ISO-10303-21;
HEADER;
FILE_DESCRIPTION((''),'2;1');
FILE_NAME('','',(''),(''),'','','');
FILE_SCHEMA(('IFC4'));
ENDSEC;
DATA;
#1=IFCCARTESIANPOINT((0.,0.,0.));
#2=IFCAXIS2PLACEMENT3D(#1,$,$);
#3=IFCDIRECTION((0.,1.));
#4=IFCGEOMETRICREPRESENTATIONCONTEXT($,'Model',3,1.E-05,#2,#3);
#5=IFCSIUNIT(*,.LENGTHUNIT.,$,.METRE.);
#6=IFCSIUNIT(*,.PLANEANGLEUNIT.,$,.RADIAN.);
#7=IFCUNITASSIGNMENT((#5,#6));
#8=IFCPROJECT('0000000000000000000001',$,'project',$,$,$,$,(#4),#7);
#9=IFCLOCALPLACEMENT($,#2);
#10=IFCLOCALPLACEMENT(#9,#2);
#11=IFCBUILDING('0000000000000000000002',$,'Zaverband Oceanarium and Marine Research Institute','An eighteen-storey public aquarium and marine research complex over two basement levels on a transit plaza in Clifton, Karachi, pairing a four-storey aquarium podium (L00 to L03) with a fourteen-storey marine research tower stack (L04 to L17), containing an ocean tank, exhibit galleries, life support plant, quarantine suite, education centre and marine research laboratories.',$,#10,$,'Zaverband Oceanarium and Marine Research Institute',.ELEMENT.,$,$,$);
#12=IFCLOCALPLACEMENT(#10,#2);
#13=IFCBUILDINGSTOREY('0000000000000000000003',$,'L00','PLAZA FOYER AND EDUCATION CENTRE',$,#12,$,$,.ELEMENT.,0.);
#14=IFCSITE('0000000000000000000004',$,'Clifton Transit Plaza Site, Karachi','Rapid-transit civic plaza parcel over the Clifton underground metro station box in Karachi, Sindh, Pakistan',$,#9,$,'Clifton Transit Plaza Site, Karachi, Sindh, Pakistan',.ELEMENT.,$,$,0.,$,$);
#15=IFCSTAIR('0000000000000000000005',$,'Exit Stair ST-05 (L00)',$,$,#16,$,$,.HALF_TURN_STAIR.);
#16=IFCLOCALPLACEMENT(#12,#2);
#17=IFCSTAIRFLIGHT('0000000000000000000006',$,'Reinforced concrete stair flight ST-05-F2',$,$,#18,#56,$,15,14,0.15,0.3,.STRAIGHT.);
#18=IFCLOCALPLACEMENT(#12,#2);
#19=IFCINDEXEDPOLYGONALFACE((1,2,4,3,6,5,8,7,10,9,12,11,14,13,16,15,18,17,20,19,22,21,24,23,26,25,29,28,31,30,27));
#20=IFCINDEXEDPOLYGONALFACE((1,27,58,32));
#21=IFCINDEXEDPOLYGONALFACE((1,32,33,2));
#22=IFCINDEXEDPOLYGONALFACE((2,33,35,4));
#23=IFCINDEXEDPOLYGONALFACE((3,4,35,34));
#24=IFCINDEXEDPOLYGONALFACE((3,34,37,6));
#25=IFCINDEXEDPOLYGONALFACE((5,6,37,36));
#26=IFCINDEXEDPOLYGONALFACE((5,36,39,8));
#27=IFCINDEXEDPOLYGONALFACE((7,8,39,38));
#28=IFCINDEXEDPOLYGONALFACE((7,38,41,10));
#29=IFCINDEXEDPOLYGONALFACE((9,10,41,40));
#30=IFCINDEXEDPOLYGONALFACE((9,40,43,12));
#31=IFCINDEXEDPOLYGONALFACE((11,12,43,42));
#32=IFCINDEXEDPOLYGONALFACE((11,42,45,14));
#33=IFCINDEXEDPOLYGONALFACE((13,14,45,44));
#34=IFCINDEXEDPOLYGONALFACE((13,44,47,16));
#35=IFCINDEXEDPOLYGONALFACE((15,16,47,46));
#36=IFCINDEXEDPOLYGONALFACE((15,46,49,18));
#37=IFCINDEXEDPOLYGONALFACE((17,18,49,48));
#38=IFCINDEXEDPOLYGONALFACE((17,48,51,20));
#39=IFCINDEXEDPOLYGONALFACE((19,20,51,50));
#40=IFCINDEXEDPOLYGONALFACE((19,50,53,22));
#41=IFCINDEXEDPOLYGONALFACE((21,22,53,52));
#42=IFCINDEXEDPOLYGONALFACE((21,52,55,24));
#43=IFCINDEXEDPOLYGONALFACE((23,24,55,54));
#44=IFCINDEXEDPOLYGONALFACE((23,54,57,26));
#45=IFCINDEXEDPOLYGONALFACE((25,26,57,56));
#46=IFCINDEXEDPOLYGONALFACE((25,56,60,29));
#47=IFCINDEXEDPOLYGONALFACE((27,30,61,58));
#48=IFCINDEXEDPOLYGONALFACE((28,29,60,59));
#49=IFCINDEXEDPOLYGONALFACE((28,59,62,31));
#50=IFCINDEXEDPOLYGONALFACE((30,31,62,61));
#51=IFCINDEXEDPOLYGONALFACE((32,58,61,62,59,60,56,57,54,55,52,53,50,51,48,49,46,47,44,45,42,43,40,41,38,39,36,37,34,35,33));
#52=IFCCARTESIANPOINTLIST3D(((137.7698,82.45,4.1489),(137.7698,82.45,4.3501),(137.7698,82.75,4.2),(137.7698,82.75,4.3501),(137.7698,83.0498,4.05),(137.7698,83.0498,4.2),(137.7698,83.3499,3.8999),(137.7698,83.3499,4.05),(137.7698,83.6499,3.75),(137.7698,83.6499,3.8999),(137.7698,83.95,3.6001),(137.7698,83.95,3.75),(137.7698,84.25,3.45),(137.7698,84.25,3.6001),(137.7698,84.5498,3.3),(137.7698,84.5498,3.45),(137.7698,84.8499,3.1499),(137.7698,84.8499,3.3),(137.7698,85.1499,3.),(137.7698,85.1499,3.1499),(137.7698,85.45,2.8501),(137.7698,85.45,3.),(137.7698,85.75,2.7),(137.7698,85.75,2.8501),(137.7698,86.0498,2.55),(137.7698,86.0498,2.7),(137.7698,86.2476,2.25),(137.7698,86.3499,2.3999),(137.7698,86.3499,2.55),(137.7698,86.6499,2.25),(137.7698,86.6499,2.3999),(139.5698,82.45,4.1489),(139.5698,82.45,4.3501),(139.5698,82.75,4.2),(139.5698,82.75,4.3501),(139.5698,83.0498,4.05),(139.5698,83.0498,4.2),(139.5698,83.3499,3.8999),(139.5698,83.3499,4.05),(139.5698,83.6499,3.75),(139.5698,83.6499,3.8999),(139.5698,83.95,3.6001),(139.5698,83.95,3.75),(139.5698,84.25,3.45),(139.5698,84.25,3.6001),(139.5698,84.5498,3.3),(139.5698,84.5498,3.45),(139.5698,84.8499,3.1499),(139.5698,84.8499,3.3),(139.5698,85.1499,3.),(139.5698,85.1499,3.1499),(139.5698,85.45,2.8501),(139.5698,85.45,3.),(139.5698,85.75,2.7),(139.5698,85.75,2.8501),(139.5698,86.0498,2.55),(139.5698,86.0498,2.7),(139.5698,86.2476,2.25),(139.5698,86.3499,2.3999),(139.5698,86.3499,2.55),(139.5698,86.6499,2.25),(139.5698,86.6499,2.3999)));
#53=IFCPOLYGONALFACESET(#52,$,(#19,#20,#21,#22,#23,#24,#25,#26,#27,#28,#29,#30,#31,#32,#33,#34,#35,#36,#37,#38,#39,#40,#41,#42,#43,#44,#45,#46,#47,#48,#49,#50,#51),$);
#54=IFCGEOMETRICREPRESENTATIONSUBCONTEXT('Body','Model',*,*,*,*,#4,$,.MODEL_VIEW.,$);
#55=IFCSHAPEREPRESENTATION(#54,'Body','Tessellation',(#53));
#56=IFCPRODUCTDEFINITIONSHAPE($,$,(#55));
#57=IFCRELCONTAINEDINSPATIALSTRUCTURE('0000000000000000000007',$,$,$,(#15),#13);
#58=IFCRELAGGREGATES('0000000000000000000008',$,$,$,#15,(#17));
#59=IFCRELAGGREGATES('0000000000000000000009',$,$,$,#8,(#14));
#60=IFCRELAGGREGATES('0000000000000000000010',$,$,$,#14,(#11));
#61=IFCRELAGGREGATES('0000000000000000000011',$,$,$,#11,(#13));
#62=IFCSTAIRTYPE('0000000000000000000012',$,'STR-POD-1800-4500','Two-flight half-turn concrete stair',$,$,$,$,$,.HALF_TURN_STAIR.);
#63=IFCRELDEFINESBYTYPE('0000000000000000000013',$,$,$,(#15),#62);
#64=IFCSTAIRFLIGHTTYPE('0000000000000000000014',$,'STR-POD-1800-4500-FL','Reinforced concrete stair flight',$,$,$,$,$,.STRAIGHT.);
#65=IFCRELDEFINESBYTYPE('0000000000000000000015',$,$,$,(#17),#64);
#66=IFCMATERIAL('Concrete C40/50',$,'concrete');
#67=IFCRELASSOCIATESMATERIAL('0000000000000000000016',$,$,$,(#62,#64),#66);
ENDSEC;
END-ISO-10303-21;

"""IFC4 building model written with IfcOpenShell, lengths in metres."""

from ifc_helpers import new_model, si_unit, direction, frame, origin, place, context, subcontext, project, spatial, polyline, outline, extrude, material, type_object, element, aggregate, save


model = new_model("IFC4")

# Units and contexts
model_context = context("Model", 3, precision=1e-05, world=origin(), true_north=direction((0.0, 1.0)))
body_context = subcontext(model_context, "Body", "Model", "MODEL_VIEW")
ifc_project = project(units=[si_unit("LENGTHUNIT", "METRE"), si_unit("PLANEANGLEUNIT", "RADIAN")], contexts=[model_context])

# Site, building, storey
site_placement = place(None, origin())
site = spatial("IfcSite", under=ifc_project, at=site_placement, Name="Clifton Transit Plaza Site, Karachi", Description="Rapid-transit civic plaza parcel over the Clifton underground metro station box in Karachi, Sindh, Pakistan", LongName="Clifton Transit Plaza Site, Karachi, Sindh, Pakistan", CompositionType="ELEMENT", RefElevation=0.0)
building_placement = place(site_placement, origin())
building = spatial("IfcBuilding", under=site, at=building_placement, Name="Zaverband Oceanarium and Marine Research Institute", Description="An eighteen-storey public aquarium and marine research complex over two basement levels on a transit plaza in Clifton, Karachi, pairing a four-storey aquarium podium (L00 to L03) with a fourteen-storey marine research tower stack (L04 to L17), containing an ocean tank, exhibit galleries, life support plant, quarantine suite, education centre and marine research laboratories.", LongName="Zaverband Oceanarium and Marine Research Institute", CompositionType="ELEMENT")
storey_placement = place(building_placement, origin())
storey = spatial("IfcBuildingStorey", under=building, at=storey_placement, Name="L00", Description="PLAZA FOYER AND EDUCATION CENTRE", CompositionType="ELEMENT", Elevation=0.0)

# Shared definitions
ifc_material_1 = material(Name="Concrete C40/50", Category="concrete")

# Stair, stair flight
stair_type = type_object("IfcStairType", Name="STR-POD-1800-4500", Description="Two-flight half-turn concrete stair", PredefinedType="HALF_TURN_STAIR", material=ifc_material_1)
stair_placement = place(storey_placement, origin())
stair = element("IfcStair", 1, at=stair_placement, inside=storey, type_object=stair_type, Name="Exit Stair ST-05 (L00)", PredefinedType="HALF_TURN_STAIR")
stair_flight_type = type_object("IfcStairFlightType", Name="STR-POD-1800-4500-FL", Description="Reinforced concrete stair flight", PredefinedType="STRAIGHT", material=ifc_material_1)
stair_flight_1_placement = place(storey_placement, frame((138.6699, 86.6499, 2.25), z_axis=(0.0, 0.0, 1.0), x_axis=(0.0, -1.0, 0.0)))
stair_flight_1 = element("IfcStairFlight", 2, at=stair_flight_1_placement, type_object=stair_flight_type, Name="Reinforced concrete stair flight ST-05-F2", NumberOfRisers=15, NumberOfTreads=14, PredefinedType="STRAIGHT", RiserHeight=0.15, TreadLength=0.3, context=body_context, shape_type="SweptSolid", body=[
    extrude(outline(polyline([(0.0, 0.0), (0.0, 0.1499), (0.3, 0.1499), (0.3, 0.3), (0.6001, 0.3), (0.6001, 0.45), (0.8999, 0.45), (0.8999, 0.6001), (1.2, 0.6001), (1.2, 0.75), (1.5, 0.75), (1.5, 0.8999), (1.8, 0.8999), (1.8, 1.05), (2.1001, 1.05), (2.1001, 1.2), (2.3999, 1.2), (2.3999, 1.3501), (2.7, 1.3501), (2.7, 1.5), (3.0, 1.5), (3.0, 1.6499), (3.3, 1.6499), (3.3, 1.8), (3.6001, 1.8), (3.6001, 1.95), (3.8999, 1.95), (3.8999, 2.1001), (4.2, 2.1001), (4.2, 2.25), (4.2, 1.8989), (0.4023, 0.0), (0.0, 0.0)])), frame((0.0, 0.8999, 0.0), z_axis=(0.0, -1.0, 0.0), x_axis=(1.0, 0.0, 0.0)), (0.0, 0.0, 1.0), 1.8),
])
aggregate(stair, [stair_flight_1])

save(model, "model.ifc")
